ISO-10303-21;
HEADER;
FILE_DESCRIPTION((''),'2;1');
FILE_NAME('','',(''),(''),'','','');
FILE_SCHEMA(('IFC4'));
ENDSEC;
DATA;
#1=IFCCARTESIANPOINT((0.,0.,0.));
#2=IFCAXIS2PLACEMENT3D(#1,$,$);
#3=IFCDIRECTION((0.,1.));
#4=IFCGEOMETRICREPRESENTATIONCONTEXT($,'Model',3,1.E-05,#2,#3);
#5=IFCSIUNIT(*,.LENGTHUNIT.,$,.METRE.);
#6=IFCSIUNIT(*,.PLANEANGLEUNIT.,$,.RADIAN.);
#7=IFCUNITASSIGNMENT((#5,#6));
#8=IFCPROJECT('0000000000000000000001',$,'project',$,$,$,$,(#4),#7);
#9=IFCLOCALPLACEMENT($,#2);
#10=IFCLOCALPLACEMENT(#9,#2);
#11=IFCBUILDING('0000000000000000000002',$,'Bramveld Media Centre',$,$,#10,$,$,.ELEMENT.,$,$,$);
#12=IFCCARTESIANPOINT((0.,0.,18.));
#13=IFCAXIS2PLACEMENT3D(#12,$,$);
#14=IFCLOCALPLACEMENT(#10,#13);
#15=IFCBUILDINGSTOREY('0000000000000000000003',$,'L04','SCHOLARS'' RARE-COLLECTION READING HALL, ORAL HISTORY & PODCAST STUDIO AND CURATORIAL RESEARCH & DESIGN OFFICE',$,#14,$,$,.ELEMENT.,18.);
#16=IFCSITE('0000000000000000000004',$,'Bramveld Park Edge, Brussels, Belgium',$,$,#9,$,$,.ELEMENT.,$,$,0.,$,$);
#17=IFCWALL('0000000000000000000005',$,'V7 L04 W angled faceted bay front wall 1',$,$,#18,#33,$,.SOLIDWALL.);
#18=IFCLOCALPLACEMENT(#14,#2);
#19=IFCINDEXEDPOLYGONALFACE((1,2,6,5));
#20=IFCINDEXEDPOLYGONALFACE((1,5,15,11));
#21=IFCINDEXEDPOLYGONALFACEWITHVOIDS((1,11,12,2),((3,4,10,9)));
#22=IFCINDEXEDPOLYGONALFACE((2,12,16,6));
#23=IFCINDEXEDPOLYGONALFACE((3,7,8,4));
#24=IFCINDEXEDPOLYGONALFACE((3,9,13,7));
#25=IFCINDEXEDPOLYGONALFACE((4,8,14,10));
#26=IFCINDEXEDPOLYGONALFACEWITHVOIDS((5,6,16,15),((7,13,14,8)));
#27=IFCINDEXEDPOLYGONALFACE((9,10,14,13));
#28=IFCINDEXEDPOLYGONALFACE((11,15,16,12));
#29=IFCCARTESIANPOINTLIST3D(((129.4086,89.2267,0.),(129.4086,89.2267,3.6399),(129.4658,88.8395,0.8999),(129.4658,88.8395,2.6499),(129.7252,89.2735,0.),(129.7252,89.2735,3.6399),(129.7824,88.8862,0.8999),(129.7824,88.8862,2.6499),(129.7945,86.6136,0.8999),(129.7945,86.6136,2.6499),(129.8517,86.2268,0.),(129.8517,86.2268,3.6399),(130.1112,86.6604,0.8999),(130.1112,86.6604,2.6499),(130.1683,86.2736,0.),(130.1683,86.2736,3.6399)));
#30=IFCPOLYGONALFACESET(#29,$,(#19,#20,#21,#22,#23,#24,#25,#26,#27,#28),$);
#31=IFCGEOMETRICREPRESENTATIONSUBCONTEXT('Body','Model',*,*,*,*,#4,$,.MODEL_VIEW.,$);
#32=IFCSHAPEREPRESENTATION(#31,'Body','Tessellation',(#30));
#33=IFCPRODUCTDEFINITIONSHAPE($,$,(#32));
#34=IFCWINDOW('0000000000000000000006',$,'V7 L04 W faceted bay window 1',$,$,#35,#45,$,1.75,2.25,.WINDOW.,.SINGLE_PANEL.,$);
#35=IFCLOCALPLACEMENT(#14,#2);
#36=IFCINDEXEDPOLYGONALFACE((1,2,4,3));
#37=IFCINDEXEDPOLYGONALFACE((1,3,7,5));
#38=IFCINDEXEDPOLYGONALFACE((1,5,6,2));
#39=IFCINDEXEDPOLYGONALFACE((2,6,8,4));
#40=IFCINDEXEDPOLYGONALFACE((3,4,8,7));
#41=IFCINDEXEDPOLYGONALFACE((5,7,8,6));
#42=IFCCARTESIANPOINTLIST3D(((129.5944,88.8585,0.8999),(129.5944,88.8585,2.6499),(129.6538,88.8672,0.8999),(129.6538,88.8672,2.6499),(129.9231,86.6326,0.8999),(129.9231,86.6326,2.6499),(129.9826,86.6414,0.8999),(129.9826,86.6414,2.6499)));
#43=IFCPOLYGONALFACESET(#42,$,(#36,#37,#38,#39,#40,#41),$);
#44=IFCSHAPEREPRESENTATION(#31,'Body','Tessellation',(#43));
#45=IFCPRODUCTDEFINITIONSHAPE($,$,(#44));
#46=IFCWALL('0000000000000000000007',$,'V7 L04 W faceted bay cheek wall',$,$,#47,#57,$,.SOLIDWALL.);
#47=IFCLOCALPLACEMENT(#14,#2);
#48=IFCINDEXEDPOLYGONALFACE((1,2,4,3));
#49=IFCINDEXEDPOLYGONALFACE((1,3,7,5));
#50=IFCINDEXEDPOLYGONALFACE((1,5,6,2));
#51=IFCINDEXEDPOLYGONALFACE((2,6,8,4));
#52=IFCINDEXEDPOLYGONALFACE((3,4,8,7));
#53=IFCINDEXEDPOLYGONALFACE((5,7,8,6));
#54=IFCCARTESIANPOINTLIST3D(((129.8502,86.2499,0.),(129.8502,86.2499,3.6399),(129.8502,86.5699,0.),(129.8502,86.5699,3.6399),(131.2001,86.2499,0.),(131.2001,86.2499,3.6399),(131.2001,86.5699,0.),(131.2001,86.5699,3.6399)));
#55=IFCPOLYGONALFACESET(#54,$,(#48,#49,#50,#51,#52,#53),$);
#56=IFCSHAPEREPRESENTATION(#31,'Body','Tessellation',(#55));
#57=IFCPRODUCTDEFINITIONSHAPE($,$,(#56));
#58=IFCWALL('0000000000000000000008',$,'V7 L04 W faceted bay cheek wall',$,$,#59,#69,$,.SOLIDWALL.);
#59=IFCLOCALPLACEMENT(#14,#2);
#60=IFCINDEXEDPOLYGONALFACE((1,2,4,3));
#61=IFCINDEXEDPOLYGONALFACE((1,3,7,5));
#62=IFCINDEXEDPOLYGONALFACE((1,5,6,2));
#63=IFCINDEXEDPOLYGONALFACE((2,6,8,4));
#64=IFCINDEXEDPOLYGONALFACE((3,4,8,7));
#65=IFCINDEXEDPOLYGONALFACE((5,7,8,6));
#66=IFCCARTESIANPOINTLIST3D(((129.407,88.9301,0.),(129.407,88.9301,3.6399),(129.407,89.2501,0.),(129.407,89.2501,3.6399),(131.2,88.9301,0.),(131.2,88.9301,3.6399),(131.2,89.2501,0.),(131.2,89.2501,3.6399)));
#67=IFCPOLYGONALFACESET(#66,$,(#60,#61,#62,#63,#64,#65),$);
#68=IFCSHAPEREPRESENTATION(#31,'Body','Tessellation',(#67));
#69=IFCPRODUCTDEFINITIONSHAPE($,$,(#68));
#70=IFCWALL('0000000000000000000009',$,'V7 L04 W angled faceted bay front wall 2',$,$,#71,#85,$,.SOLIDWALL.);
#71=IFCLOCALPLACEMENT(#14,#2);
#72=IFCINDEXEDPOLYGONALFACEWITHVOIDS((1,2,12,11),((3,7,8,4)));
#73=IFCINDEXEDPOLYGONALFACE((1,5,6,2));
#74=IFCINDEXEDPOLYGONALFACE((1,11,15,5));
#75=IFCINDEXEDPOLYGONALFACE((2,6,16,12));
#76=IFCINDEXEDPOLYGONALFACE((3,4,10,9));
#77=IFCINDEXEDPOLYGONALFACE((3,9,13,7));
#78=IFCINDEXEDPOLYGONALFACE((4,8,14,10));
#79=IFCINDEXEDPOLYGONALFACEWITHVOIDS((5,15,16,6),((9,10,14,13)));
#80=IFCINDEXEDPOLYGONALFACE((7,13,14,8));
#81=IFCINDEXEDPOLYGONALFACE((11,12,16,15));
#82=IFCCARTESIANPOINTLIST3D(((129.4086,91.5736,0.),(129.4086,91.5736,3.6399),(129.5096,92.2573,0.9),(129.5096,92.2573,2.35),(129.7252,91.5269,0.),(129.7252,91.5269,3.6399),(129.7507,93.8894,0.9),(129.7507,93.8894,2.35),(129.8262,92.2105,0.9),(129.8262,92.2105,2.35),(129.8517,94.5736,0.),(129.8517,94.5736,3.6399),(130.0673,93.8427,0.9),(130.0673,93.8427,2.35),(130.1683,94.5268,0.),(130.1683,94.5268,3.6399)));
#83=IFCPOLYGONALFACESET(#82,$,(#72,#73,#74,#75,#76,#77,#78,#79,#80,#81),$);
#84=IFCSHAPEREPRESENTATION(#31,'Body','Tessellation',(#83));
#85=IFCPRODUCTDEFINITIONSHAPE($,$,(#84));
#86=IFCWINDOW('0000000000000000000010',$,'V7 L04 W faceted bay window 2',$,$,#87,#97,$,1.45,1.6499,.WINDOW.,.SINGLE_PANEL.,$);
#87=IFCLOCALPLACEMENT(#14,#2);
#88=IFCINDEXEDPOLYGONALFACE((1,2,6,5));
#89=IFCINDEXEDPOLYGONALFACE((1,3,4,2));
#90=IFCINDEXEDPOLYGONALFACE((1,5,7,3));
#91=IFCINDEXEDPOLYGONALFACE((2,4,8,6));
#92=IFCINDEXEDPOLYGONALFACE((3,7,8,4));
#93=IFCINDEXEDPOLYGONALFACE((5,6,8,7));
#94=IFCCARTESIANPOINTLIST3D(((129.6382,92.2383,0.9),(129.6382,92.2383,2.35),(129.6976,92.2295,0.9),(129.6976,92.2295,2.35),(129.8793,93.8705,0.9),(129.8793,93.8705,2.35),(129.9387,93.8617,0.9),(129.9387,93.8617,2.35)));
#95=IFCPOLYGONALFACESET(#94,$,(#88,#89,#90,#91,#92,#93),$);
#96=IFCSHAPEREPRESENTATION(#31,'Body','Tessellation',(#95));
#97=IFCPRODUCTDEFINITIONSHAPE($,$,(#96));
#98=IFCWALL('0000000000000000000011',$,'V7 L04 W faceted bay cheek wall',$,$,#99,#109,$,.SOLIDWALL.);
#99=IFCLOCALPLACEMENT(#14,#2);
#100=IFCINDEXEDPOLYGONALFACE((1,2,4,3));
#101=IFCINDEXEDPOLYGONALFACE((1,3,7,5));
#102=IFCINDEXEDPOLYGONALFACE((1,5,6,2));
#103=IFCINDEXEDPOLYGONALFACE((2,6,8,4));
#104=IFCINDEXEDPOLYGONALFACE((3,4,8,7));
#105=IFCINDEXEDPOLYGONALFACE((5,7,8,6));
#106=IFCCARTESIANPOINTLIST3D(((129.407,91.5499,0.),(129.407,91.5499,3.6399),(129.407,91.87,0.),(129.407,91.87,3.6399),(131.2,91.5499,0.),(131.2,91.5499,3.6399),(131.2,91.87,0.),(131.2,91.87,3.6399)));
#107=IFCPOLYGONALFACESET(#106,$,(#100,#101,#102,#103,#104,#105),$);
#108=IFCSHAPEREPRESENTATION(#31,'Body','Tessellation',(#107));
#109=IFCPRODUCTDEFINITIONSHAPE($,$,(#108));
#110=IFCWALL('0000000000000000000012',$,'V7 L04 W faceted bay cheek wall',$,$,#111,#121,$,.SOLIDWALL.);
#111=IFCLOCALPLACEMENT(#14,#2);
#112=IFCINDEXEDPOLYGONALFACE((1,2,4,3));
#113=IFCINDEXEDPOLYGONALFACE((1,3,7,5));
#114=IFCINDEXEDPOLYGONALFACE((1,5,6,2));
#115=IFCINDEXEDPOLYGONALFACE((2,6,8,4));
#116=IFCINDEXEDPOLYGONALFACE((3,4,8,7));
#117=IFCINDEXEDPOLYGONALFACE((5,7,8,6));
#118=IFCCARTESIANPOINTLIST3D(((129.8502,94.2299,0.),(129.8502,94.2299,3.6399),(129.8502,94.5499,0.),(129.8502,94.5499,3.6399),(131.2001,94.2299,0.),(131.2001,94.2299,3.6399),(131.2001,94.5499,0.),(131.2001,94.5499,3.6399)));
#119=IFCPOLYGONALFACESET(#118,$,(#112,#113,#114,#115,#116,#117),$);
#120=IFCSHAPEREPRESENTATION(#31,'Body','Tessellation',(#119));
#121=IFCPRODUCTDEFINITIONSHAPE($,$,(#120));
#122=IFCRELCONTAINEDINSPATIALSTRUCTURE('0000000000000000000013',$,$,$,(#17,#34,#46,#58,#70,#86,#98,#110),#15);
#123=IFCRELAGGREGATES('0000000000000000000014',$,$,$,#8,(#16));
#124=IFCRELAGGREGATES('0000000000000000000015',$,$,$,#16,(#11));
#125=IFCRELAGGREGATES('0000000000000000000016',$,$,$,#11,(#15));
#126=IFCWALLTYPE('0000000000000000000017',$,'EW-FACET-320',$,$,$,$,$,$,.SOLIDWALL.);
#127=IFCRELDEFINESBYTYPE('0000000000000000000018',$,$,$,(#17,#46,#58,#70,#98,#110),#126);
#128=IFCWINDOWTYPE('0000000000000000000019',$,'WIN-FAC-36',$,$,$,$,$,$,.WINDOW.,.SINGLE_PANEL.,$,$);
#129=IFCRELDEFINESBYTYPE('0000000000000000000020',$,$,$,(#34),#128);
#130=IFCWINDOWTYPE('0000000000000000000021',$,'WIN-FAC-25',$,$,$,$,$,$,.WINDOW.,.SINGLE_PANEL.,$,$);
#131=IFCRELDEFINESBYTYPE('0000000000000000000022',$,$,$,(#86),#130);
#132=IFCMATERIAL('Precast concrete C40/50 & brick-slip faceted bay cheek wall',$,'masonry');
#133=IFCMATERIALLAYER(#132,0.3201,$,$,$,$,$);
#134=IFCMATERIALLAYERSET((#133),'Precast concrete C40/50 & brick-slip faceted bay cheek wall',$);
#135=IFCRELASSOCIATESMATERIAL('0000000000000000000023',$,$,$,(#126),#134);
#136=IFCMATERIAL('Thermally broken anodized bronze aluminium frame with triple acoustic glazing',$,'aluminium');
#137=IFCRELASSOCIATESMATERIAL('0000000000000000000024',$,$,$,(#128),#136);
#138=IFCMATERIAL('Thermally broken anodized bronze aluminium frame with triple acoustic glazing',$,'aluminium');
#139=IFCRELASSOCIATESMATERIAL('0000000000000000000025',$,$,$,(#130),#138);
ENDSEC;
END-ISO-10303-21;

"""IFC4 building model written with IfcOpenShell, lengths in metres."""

from ifc_helpers import new_model, si_unit, direction, frame, frame_2d, origin, place, context, subcontext, project, spatial, rectangle, extrude, material, layer, layer_set, type_object, element, fill, save


model = new_model("IFC4")

# Units and contexts
model_context = context("Model", 3, precision=1e-05, world=origin(), true_north=direction((0.0, 1.0)))
body_context = subcontext(model_context, "Body", "Model", "MODEL_VIEW")
ifc_project = project(units=[si_unit("LENGTHUNIT", "METRE"), si_unit("PLANEANGLEUNIT", "RADIAN")], contexts=[model_context])

# Site, building, storey
site_placement = place(None, origin())
site = spatial("IfcSite", under=ifc_project, at=site_placement, Name="Bramveld Park Edge, Brussels, Belgium", CompositionType="ELEMENT", RefElevation=0.0)
building_placement = place(site_placement, origin())
building = spatial("IfcBuilding", under=site, at=building_placement, Name="Bramveld Media Centre", CompositionType="ELEMENT")
storey_placement = place(building_placement, frame((0.0, 0.0, 18.0)))
storey = spatial("IfcBuildingStorey", under=building, at=storey_placement, Name="L04", Description="SCHOLARS' RARE-COLLECTION READING HALL, ORAL HISTORY & PODCAST STUDIO AND CURATORIAL RESEARCH & DESIGN OFFICE", CompositionType="ELEMENT", Elevation=18.0)

# Wall, opening, window
ifc_material_1 = material(Name="Precast concrete C40/50 & brick-slip faceted bay cheek wall", Category="masonry")
ifc_layer_1 = layer(ifc_material_1, 0.3201)
ifc_layer_set_1 = layer_set([ifc_layer_1], Name="Precast concrete C40/50 & brick-slip faceted bay cheek wall")
wall_type_1 = type_object("IfcWallType", Name="EW-FACET-320", PredefinedType="SOLIDWALL", material=ifc_layer_set_1)
wall_1_placement = place(storey_placement, frame((129.5669, 89.25, 0.0), z_axis=(0.0, 0.0, 1.0), x_axis=(0.14612, -0.989267, 0.0)))
wall_1 = element("IfcWall", 1, at=wall_1_placement, inside=storey, type_object=wall_type_1, Name="V7 L04 W angled faceted bay front wall 1", PredefinedType="SOLIDWALL", context=body_context, shape_type="SweptSolid", body=[
    extrude(rectangle(XDim=3.0325, YDim=0.3201, at=frame_2d((1.5161, 0.0))), origin(), (0.0, 0.0, 1.0), 3.6399),
])
opening_1_placement = place(wall_1_placement, frame((0.3914, 0.0, 0.8999)))
opening_1 = element("IfcOpeningElement", 2, at=opening_1_placement, cuts=wall_1, PredefinedType="OPENING", context=body_context, shape_type="SweptSolid", body=[
    extrude(rectangle(XDim=2.25, YDim=1.75, at=frame_2d((1.125, 0.875))), frame((0.0, 0.1719, 0.0), z_axis=(0.0, -1.0, 0.0), x_axis=(1.0, 0.0, 0.0)), (0.0, 0.0, 1.0), 0.344),
])
ifc_material_2 = material(Name="Thermally broken anodized bronze aluminium frame with triple acoustic glazing", Category="aluminium")
window_type_1 = type_object("IfcWindowType", Name="WIN-FAC-36", PartitioningType="SINGLE_PANEL", PredefinedType="WINDOW", material=ifc_material_2)
window_1_placement = place(opening_1_placement, origin())
window_1 = element("IfcWindow", 3, at=window_1_placement, inside=storey, type_object=window_type_1, Name="V7 L04 W faceted bay window 1", OverallHeight=1.75, OverallWidth=2.25, PartitioningType="SINGLE_PANEL", PredefinedType="WINDOW", context=body_context, shape_type="SweptSolid", body=[
    extrude(rectangle(XDim=2.25, YDim=1.75, at=frame_2d((1.125, 0.875))), frame((0.0, 0.03, 0.0), z_axis=(0.0, -1.0, 0.0), x_axis=(1.0, 0.0, 0.0)), (0.0, 0.0, 1.0), 0.0601),
])
fill(opening_1, window_1)

# Walls
wall_2_placement = place(storey_placement, frame((131.2, 86.4099, 0.0), z_axis=(0.0, 0.0, 1.0), x_axis=(-1.0, 0.0, 0.0)))
element("IfcWall", 4, at=wall_2_placement, inside=storey, type_object=wall_type_1, Name="V7 L04 W faceted bay cheek wall", PredefinedType="SOLIDWALL", context=body_context, shape_type="SweptSolid", body=[
    extrude(rectangle(XDim=1.3499, YDim=0.3201, at=frame_2d((0.6748, 0.0))), origin(), (0.0, 0.0, 1.0), 3.6399),
])
wall_3_placement = place(storey_placement, frame((131.2, 89.0901, 0.0), z_axis=(0.0, 0.0, 1.0), x_axis=(-1.0, 0.0, 0.0)))
element("IfcWall", 5, at=wall_3_placement, inside=storey, type_object=wall_type_1, Name="V7 L04 W faceted bay cheek wall", PredefinedType="SOLIDWALL", context=body_context, shape_type="SweptSolid", body=[
    extrude(rectangle(XDim=1.793, YDim=0.3201, at=frame_2d((0.8965, 0.0))), origin(), (0.0, 0.0, 1.0), 3.6399),
])

# Wall, opening, window
wall_4_placement = place(storey_placement, frame((130.01, 94.55, 0.0), z_axis=(0.0, 0.0, 1.0), x_axis=(-0.14612, -0.989267, 0.0)))
wall_4 = element("IfcWall", 6, at=wall_4_placement, inside=storey, type_object=wall_type_1, Name="V7 L04 W angled faceted bay front wall 2", PredefinedType="SOLIDWALL", context=body_context, shape_type="SweptSolid", body=[
    extrude(rectangle(XDim=3.0325, YDim=0.3201, at=frame_2d((1.5161, 0.0))), origin(), (0.0, 0.0, 1.0), 3.6399),
])
opening_2_placement = place(wall_4_placement, frame((0.6914, 0.0, 0.8999)))
opening_2 = element("IfcOpeningElement", 7, at=opening_2_placement, cuts=wall_4, PredefinedType="OPENING", context=body_context, shape_type="SweptSolid", body=[
    extrude(rectangle(XDim=1.6499, YDim=1.45, at=frame_2d((0.825, 0.7251))), frame((0.0, 0.1719, 0.0), z_axis=(0.0, -1.0, 0.0), x_axis=(1.0, 0.0, 0.0)), (0.0, 0.0, 1.0), 0.344),
])
ifc_material_3 = material(Name="Thermally broken anodized bronze aluminium frame with triple acoustic glazing", Category="aluminium")
window_type_2 = type_object("IfcWindowType", Name="WIN-FAC-25", PartitioningType="SINGLE_PANEL", PredefinedType="WINDOW", material=ifc_material_3)
window_2_placement = place(opening_2_placement, origin())
window_2 = element("IfcWindow", 8, at=window_2_placement, inside=storey, type_object=window_type_2, Name="V7 L04 W faceted bay window 2", OverallHeight=1.45, OverallWidth=1.6499, PartitioningType="SINGLE_PANEL", PredefinedType="WINDOW", context=body_context, shape_type="SweptSolid", body=[
    extrude(rectangle(XDim=1.6499, YDim=1.45, at=frame_2d((0.825, 0.7251))), frame((0.0, 0.03, 0.0), z_axis=(0.0, -1.0, 0.0), x_axis=(1.0, 0.0, 0.0)), (0.0, 0.0, 1.0), 0.0601),
])
fill(opening_2, window_2)

# Walls
wall_5_placement = place(storey_placement, frame((131.2, 91.71, 0.0), z_axis=(0.0, 0.0, 1.0), x_axis=(-1.0, 0.0, 0.0)))
element("IfcWall", 9, at=wall_5_placement, inside=storey, type_object=wall_type_1, Name="V7 L04 W faceted bay cheek wall", PredefinedType="SOLIDWALL", context=body_context, shape_type="SweptSolid", body=[
    extrude(rectangle(XDim=1.793, YDim=0.3201, at=frame_2d((0.8965, 0.0))), origin(), (0.0, 0.0, 1.0), 3.6399),
])
wall_6_placement = place(storey_placement, frame((131.2, 94.3899, 0.0), z_axis=(0.0, 0.0, 1.0), x_axis=(-1.0, 0.0, 0.0)))
element("IfcWall", 10, at=wall_6_placement, inside=storey, type_object=wall_type_1, Name="V7 L04 W faceted bay cheek wall", PredefinedType="SOLIDWALL", context=body_context, shape_type="SweptSolid", body=[
    extrude(rectangle(XDim=1.3499, YDim=0.3201, at=frame_2d((0.6748, 0.0))), origin(), (0.0, 0.0, 1.0), 3.6399),
])

save(model, "model.ifc")
